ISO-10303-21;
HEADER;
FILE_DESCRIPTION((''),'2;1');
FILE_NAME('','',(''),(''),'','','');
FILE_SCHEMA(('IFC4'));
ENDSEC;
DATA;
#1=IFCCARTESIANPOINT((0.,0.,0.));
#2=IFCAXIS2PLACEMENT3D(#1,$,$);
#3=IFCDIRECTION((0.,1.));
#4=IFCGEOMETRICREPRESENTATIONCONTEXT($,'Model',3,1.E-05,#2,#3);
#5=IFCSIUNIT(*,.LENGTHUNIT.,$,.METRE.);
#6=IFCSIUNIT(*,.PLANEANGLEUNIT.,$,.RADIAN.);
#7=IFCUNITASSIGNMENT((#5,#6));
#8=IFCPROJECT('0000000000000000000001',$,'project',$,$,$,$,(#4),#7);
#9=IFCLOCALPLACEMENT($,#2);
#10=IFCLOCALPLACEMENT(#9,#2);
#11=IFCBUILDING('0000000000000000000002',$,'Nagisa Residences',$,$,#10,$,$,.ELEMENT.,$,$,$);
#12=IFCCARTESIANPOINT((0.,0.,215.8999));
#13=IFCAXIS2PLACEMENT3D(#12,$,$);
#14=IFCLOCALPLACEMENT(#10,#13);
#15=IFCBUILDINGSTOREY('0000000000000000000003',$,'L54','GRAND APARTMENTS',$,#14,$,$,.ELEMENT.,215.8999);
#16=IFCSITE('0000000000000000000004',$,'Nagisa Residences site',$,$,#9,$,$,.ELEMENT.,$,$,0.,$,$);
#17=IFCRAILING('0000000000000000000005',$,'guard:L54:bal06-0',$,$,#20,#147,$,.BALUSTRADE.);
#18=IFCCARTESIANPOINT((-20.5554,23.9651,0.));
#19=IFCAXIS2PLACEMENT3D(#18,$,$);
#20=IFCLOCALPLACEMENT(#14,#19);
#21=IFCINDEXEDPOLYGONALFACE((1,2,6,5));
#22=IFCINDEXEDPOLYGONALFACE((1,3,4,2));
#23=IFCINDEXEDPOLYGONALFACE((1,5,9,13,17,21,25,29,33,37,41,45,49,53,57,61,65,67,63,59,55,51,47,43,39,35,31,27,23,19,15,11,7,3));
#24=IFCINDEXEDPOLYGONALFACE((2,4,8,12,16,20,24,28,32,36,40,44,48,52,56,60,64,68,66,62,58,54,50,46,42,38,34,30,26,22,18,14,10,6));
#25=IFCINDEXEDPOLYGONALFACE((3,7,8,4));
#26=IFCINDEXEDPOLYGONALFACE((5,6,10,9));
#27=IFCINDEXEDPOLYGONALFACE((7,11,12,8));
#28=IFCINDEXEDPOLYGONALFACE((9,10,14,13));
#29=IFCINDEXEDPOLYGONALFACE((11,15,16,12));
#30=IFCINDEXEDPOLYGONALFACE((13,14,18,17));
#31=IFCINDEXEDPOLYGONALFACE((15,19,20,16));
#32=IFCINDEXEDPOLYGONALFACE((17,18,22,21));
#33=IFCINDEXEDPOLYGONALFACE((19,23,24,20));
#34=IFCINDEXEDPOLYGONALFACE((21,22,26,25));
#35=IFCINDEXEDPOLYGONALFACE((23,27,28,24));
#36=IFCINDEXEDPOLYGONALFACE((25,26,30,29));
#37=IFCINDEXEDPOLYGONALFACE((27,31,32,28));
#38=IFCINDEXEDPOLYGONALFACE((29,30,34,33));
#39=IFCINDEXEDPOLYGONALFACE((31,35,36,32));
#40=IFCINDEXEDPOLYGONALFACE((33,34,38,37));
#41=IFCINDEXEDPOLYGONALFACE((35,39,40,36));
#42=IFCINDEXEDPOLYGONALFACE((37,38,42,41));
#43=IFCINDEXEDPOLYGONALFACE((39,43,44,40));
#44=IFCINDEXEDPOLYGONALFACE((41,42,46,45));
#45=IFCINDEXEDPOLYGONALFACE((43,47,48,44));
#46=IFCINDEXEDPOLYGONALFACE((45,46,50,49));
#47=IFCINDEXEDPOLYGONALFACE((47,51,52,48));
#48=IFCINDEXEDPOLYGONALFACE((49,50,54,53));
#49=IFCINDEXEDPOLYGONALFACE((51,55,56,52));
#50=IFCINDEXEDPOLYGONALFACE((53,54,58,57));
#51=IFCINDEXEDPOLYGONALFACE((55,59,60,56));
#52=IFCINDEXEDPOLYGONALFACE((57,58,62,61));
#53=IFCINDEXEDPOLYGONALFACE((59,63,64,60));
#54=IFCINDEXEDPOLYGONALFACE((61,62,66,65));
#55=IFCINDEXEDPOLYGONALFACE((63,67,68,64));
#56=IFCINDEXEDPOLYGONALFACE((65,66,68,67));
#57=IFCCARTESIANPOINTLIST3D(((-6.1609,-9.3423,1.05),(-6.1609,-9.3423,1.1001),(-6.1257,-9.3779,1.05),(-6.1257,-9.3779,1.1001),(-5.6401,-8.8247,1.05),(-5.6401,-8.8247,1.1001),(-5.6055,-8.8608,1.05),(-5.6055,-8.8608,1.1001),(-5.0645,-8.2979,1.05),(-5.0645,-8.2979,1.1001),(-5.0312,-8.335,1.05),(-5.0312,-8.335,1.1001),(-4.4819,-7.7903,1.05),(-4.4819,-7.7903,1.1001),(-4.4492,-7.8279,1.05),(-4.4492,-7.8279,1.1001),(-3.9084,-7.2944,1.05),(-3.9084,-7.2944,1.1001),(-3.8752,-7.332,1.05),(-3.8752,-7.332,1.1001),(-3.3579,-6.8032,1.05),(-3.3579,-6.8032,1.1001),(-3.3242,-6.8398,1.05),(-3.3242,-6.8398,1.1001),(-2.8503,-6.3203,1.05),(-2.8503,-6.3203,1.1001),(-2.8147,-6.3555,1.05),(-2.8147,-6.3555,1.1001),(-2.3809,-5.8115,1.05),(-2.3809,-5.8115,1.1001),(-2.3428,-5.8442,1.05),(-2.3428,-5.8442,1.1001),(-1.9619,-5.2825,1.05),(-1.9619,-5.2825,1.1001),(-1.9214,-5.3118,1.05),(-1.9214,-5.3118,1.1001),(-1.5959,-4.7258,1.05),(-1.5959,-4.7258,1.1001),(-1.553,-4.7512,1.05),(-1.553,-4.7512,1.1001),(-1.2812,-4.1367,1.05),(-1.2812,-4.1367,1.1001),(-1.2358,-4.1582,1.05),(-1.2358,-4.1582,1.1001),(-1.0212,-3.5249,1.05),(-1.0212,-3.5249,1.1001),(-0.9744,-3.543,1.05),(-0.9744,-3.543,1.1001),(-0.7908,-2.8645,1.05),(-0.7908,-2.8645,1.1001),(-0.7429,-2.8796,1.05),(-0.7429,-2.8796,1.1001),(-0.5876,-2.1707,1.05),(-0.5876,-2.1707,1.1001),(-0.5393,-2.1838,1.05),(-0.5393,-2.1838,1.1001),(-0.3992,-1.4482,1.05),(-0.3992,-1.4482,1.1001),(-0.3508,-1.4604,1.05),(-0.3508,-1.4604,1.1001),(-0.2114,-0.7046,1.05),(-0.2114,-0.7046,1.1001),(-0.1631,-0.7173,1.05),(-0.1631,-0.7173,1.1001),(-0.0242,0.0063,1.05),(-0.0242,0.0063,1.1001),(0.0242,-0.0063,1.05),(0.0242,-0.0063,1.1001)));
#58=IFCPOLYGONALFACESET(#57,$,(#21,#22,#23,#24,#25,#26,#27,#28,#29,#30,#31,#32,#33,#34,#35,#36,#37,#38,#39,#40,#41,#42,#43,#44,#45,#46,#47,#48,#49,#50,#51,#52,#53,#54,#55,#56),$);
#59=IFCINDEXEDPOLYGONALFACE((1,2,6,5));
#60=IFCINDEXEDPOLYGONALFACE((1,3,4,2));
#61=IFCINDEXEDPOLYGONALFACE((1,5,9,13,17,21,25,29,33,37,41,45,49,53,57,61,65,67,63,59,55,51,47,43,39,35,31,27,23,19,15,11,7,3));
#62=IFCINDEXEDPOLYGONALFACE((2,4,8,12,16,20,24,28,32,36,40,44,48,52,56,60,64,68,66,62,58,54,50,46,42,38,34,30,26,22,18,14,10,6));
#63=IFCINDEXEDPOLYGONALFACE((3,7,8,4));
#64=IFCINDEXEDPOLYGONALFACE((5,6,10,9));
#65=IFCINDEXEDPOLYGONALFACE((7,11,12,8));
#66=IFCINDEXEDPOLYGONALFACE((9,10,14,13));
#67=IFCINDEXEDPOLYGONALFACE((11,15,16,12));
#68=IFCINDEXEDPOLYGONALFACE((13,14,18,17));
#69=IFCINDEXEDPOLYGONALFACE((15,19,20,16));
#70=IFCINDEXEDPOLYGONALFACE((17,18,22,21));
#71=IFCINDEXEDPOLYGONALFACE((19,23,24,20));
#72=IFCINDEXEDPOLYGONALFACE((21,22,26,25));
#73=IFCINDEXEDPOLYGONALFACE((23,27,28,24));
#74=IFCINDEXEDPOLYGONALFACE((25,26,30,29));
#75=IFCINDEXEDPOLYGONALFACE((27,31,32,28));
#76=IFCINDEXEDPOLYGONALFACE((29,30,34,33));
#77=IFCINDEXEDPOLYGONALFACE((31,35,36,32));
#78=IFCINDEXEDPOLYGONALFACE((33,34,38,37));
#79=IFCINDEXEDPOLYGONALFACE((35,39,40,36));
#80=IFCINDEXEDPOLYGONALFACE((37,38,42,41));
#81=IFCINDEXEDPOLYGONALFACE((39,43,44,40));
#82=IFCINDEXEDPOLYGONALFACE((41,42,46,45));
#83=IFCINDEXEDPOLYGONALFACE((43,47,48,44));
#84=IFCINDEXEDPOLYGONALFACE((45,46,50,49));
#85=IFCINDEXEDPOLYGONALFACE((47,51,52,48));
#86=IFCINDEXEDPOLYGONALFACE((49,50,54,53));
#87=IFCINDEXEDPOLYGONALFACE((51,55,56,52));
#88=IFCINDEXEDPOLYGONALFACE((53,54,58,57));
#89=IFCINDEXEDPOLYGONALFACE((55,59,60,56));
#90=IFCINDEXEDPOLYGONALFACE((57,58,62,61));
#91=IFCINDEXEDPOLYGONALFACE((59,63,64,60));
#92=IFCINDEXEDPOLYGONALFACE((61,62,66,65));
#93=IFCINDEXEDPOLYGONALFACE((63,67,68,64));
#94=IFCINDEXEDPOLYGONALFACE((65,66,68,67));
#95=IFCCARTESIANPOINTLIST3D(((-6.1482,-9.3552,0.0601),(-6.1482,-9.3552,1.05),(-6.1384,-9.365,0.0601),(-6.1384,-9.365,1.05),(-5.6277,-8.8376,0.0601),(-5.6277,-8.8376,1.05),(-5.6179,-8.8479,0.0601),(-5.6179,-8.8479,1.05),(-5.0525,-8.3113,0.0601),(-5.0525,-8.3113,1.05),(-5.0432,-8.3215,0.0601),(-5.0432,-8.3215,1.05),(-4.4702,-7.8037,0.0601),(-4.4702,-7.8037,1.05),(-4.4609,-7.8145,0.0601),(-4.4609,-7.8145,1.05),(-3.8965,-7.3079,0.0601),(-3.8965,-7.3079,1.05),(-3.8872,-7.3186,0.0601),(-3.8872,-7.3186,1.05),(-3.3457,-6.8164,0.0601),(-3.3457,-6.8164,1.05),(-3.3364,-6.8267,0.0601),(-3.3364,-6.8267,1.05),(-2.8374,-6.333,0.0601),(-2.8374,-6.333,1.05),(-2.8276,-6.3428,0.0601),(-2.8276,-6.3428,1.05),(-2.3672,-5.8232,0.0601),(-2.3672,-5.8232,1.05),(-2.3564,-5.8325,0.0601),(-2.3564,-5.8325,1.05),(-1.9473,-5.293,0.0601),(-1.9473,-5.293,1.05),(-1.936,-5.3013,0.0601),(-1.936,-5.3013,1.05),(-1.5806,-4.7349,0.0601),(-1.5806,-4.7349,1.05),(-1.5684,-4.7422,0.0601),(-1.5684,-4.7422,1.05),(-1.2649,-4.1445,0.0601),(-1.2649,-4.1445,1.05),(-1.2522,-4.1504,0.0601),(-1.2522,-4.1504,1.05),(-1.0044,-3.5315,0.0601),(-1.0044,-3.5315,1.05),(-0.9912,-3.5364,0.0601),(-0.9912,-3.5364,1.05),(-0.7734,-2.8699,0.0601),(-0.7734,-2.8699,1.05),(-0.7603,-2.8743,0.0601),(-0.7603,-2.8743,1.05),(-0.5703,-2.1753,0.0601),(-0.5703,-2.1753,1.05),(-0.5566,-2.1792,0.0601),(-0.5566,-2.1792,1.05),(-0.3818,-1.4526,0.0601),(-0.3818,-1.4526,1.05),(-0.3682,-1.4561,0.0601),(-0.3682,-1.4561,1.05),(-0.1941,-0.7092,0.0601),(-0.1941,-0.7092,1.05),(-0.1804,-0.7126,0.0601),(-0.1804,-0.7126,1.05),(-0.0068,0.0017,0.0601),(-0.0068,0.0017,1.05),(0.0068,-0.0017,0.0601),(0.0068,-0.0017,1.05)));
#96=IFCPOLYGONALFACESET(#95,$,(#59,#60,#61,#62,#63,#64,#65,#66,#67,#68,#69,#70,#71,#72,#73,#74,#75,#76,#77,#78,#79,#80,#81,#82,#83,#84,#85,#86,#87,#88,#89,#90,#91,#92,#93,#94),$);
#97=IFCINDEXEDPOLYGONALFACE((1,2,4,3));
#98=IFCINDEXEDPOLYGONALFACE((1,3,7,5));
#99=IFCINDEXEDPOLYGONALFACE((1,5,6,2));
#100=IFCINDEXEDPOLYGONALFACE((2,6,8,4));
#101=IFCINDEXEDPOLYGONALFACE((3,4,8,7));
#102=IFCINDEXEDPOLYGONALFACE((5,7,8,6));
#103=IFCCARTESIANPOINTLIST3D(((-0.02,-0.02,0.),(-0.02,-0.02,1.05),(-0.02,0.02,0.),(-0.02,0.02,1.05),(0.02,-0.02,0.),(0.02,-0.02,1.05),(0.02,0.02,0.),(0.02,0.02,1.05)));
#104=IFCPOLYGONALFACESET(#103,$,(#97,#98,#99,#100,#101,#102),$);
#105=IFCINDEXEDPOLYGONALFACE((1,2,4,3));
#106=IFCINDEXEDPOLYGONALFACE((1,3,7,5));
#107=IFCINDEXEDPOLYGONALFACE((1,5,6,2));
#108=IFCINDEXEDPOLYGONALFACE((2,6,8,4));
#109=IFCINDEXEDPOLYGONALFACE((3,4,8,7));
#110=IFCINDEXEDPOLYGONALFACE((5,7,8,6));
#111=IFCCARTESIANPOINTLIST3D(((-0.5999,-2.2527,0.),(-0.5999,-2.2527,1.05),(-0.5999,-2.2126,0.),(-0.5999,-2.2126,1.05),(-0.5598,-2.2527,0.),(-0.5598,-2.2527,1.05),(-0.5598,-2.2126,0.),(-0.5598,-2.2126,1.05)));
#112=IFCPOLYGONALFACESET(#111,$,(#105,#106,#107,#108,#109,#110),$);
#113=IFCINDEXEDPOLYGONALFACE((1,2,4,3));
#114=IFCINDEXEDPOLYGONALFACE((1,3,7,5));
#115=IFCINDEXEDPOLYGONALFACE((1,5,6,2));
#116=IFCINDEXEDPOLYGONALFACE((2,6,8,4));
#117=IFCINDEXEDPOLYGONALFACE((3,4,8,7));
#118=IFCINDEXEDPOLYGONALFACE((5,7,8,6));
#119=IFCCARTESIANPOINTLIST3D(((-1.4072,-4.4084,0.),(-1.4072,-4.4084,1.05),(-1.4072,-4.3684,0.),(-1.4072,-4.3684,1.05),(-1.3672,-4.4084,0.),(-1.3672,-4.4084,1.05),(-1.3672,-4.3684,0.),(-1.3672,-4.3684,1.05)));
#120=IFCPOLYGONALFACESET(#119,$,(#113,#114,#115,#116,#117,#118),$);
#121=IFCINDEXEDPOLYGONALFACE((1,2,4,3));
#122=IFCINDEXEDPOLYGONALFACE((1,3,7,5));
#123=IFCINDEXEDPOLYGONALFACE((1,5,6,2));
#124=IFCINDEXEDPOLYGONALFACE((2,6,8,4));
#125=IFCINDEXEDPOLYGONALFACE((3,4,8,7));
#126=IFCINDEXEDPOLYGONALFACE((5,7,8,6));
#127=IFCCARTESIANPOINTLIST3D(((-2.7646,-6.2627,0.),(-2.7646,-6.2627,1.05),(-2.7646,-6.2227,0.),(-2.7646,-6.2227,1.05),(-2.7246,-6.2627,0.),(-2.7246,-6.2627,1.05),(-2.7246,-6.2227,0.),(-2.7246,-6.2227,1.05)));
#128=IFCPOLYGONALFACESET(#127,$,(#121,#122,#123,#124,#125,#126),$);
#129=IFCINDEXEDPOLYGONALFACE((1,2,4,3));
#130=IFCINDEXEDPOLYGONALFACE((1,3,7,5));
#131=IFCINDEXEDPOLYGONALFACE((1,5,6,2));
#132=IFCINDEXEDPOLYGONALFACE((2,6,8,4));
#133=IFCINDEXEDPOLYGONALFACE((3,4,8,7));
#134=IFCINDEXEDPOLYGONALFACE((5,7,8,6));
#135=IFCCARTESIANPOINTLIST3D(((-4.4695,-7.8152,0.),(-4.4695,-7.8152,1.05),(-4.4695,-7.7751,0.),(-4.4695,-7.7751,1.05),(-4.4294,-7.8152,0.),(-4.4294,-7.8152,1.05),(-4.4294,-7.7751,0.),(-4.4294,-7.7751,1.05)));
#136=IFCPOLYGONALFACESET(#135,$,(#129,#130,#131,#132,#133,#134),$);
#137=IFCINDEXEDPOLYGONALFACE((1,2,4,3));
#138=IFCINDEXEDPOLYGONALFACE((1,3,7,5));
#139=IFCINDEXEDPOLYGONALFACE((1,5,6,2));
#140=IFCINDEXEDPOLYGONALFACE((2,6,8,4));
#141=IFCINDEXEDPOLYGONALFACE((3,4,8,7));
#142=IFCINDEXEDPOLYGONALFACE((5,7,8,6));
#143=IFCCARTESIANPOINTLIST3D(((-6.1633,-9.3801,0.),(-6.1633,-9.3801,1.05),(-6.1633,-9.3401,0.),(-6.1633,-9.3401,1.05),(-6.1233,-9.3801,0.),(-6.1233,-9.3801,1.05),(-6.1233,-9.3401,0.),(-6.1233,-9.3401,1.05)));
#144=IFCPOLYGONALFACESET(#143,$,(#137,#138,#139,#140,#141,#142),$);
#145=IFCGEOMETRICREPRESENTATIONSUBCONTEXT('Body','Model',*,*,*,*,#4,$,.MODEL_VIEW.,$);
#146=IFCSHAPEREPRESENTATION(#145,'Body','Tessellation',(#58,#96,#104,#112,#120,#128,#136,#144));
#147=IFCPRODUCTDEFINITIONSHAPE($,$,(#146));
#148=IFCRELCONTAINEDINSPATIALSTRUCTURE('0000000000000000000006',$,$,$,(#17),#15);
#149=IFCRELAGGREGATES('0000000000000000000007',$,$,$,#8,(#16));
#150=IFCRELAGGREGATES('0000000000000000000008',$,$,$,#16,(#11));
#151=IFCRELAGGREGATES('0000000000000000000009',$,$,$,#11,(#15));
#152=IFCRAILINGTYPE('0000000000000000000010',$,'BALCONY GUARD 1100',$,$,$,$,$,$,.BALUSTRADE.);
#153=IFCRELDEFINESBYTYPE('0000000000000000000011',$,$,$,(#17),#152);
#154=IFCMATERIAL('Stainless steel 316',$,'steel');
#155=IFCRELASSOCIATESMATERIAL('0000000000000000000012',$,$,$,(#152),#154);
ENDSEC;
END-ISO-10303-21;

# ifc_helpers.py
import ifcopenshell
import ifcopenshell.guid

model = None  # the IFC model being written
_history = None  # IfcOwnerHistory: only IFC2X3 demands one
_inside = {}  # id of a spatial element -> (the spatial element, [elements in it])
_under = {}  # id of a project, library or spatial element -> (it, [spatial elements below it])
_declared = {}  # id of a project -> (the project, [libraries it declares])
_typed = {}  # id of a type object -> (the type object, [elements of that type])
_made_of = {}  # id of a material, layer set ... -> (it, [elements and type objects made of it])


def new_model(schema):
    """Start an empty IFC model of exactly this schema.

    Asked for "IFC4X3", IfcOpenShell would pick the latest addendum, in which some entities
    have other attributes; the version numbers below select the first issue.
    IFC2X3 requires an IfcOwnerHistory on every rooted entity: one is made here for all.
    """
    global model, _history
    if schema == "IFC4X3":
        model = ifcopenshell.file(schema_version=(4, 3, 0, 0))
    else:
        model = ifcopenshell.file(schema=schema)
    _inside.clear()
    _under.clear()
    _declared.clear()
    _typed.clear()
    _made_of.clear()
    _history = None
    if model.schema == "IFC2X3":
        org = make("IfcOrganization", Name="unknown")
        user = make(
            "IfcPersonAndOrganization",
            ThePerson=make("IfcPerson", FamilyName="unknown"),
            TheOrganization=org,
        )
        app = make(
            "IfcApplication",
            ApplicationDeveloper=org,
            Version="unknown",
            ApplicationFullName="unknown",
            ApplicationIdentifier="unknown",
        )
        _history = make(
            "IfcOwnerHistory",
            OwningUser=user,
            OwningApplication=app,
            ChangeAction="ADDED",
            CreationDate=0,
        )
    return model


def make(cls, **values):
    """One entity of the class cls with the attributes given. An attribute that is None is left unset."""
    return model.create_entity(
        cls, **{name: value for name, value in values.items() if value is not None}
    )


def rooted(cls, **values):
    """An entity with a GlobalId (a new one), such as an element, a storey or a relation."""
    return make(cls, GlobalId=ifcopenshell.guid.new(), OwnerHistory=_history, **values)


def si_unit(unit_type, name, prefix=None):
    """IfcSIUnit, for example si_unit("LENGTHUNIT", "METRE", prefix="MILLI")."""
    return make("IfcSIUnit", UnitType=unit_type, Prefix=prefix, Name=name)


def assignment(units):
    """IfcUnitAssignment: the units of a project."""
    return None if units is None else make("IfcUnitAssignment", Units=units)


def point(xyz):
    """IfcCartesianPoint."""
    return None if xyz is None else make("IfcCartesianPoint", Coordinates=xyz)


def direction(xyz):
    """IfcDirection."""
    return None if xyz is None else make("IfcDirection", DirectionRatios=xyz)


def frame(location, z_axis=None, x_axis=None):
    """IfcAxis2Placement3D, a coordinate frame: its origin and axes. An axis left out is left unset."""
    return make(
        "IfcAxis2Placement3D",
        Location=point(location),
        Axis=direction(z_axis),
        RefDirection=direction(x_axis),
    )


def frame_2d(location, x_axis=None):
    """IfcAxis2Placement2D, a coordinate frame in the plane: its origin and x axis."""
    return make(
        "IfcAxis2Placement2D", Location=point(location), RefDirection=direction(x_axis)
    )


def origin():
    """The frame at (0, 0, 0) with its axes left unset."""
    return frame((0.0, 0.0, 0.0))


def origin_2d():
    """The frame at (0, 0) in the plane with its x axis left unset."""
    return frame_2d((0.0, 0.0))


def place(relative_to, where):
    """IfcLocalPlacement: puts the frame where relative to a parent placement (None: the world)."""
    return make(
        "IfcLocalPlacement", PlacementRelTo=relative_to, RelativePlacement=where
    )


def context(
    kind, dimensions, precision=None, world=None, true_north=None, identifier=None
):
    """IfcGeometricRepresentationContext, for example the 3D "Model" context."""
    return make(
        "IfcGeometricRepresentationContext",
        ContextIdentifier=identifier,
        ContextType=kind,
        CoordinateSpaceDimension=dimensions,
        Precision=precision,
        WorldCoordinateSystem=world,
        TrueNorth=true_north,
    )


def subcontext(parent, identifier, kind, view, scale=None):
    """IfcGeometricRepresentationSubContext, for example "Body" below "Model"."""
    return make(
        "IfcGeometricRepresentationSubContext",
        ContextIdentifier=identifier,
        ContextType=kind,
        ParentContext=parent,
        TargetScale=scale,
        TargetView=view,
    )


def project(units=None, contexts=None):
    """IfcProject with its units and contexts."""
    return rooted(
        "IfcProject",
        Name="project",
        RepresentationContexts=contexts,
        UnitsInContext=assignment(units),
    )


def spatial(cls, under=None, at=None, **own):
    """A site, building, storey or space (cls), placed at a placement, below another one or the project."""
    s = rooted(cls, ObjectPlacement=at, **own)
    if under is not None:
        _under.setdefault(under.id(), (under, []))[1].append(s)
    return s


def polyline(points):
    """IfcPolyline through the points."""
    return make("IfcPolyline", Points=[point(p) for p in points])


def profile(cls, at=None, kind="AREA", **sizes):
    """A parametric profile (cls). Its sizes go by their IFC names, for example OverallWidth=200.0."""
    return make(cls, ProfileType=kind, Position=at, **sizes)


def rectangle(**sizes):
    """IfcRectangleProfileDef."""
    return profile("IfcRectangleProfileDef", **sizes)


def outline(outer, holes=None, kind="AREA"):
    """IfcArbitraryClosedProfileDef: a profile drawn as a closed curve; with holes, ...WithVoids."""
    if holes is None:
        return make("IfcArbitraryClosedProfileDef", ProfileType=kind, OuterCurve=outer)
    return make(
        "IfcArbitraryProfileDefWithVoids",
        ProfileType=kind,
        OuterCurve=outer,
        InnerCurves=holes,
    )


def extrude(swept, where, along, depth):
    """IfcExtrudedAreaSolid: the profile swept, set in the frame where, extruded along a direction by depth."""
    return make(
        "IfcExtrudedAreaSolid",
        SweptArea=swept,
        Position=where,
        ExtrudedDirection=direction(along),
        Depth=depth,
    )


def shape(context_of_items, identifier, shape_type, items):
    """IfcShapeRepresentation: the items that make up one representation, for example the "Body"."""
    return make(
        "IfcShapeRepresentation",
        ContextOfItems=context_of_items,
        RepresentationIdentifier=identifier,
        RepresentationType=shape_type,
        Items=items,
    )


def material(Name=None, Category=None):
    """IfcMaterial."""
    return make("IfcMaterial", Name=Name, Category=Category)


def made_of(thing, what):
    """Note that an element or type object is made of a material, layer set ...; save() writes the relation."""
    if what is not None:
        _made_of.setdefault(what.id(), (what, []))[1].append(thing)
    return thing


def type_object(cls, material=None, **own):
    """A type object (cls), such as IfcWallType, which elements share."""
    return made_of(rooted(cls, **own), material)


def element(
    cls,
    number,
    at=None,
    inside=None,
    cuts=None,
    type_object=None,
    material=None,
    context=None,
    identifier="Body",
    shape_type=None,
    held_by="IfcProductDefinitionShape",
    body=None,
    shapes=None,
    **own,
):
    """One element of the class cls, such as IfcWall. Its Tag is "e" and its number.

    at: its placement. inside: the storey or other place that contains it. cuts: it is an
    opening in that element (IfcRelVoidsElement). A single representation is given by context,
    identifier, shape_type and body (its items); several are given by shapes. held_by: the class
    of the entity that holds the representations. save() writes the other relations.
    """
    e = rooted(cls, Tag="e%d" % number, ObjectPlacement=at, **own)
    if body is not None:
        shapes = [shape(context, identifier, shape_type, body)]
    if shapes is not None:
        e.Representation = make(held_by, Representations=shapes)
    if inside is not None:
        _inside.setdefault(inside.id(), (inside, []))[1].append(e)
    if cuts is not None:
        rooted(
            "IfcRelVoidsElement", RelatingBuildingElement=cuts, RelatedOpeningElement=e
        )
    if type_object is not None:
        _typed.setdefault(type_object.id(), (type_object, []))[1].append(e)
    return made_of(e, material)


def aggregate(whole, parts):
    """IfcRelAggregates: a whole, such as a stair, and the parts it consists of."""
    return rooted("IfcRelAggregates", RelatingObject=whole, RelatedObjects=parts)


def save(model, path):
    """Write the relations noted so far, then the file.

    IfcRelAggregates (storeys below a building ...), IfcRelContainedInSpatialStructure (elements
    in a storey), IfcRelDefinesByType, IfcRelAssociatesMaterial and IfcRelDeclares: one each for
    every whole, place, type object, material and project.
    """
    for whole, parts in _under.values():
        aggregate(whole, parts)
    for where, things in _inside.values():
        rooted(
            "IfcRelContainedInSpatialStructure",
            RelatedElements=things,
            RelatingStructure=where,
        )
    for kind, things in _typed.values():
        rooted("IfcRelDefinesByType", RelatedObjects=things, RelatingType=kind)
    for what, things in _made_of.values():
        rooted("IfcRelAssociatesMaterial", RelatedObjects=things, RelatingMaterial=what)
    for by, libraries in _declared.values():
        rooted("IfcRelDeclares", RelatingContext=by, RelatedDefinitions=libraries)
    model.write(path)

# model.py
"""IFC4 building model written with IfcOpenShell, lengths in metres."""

from ifc_helpers import new_model, si_unit, direction, frame, origin, origin_2d, place, context, subcontext, project, spatial, polyline, rectangle, outline, extrude, material, type_object, element, save


model = new_model("IFC4")

# Units and contexts
model_context = context("Model", 3, precision=1e-05, world=origin(), true_north=direction((0.0, 1.0)))
body_context = subcontext(model_context, "Body", "Model", "MODEL_VIEW")
ifc_project = project(units=[si_unit("LENGTHUNIT", "METRE"), si_unit("PLANEANGLEUNIT", "RADIAN")], contexts=[model_context])

# Site, building, storey
site_placement = place(None, origin())
site = spatial("IfcSite", under=ifc_project, at=site_placement, Name="Nagisa Residences site", CompositionType="ELEMENT", RefElevation=0.0)
building_placement = place(site_placement, origin())
building = spatial("IfcBuilding", under=site, at=building_placement, Name="Nagisa Residences", CompositionType="ELEMENT")
storey_placement = place(building_placement, frame((0.0, 0.0, 215.8999)))
storey = spatial("IfcBuildingStorey", under=building, at=storey_placement, Name="L54", Description="GRAND APARTMENTS", CompositionType="ELEMENT", Elevation=215.8999)

# Railing
ifc_material_1 = material(Name="Stainless steel 316", Category="steel")
railing_type = type_object("IfcRailingType", Name="BALCONY GUARD 1100", PredefinedType="BALUSTRADE", material=ifc_material_1)
railing_1_placement = place(storey_placement, frame((-20.5554, 23.9651, 0.0)))
element("IfcRailing", 1, at=railing_1_placement, inside=storey, type_object=railing_type, Name="guard:L54:bal06-0", PredefinedType="BALUSTRADE", context=body_context, shape_type="SweptSolid", body=[
    extrude(outline(polyline([(-0.1631, -0.7173), (0.0242, -0.0063), (-0.0242, 0.0063), (-0.2114, -0.7046), (-0.3992, -1.4482), (-0.5876, -2.1707), (-0.7908, -2.8645), (-1.0212, -3.5249), (-1.2812, -4.1367), (-1.5959, -4.7258), (-1.9619, -5.2825), (-2.3809, -5.8115), (-2.8503, -6.3203), (-3.3579, -6.8032), (-3.9084, -7.2944), (-4.4819, -7.7903), (-5.0645, -8.2979), (-5.6401, -8.8247), (-6.1609, -9.3423), (-6.1257, -9.3779), (-5.6055, -8.8608), (-5.0312, -8.335), (-4.4492, -7.8279), (-3.8752, -7.332), (-3.3242, -6.8398), (-2.8147, -6.3555), (-2.3428, -5.8442), (-1.9214, -5.3118), (-1.553, -4.7512), (-1.2358, -4.1582), (-0.9744, -3.543), (-0.7429, -2.8796), (-0.5393, -2.1838), (-0.3508, -1.4604), (-0.1631, -0.7173)])), frame((0.0, 0.0, 1.05)), (0.0, 0.0, 1.0), 0.05),
    extrude(outline(polyline([(-0.1804, -0.7126), (0.0068, -0.0017), (-0.0068, 0.0017), (-0.1941, -0.7092), (-0.3818, -1.4526), (-0.5703, -2.1753), (-0.7734, -2.8699), (-1.0044, -3.5315), (-1.2649, -4.1445), (-1.5806, -4.7349), (-1.9473, -5.293), (-2.3672, -5.8232), (-2.8374, -6.333), (-3.3457, -6.8164), (-3.8965, -7.3079), (-4.4702, -7.8037), (-5.0525, -8.3113), (-5.6277, -8.8376), (-6.1482, -9.3552), (-6.1384, -9.365), (-5.6179, -8.8479), (-5.0432, -8.3215), (-4.4609, -7.8145), (-3.8872, -7.3186), (-3.3364, -6.8267), (-2.8276, -6.3428), (-2.3564, -5.8325), (-1.936, -5.3013), (-1.5684, -4.7422), (-1.2522, -4.1504), (-0.9912, -3.5364), (-0.7603, -2.8743), (-0.5566, -2.1792), (-0.3682, -1.4561), (-0.1804, -0.7126)])), frame((0.0, 0.0, 0.0601)), (0.0, 0.0, 1.0), 0.99),
    extrude(rectangle(XDim=0.04, YDim=0.04, at=origin_2d()), origin(), (0.0, 0.0, 1.0), 1.05),
    extrude(rectangle(XDim=0.04, YDim=0.04, at=origin_2d()), frame((-0.5798, -2.2327, 0.0)), (0.0, 0.0, 1.0), 1.05),
    extrude(rectangle(XDim=0.04, YDim=0.04, at=origin_2d()), frame((-1.3872, -4.3884, 0.0)), (0.0, 0.0, 1.0), 1.05),
    extrude(rectangle(XDim=0.04, YDim=0.04, at=origin_2d()), frame((-2.7446, -6.2427, 0.0)), (0.0, 0.0, 1.0), 1.05),
    extrude(rectangle(XDim=0.04, YDim=0.04, at=origin_2d()), frame((-4.4495, -7.7952, 0.0)), (0.0, 0.0, 1.0), 1.05),
    extrude(rectangle(XDim=0.04, YDim=0.04, at=origin_2d()), frame((-6.1433, -9.3601, 0.0)), (0.0, 0.0, 1.0), 1.05),
])

save(model, "model.ifc")
